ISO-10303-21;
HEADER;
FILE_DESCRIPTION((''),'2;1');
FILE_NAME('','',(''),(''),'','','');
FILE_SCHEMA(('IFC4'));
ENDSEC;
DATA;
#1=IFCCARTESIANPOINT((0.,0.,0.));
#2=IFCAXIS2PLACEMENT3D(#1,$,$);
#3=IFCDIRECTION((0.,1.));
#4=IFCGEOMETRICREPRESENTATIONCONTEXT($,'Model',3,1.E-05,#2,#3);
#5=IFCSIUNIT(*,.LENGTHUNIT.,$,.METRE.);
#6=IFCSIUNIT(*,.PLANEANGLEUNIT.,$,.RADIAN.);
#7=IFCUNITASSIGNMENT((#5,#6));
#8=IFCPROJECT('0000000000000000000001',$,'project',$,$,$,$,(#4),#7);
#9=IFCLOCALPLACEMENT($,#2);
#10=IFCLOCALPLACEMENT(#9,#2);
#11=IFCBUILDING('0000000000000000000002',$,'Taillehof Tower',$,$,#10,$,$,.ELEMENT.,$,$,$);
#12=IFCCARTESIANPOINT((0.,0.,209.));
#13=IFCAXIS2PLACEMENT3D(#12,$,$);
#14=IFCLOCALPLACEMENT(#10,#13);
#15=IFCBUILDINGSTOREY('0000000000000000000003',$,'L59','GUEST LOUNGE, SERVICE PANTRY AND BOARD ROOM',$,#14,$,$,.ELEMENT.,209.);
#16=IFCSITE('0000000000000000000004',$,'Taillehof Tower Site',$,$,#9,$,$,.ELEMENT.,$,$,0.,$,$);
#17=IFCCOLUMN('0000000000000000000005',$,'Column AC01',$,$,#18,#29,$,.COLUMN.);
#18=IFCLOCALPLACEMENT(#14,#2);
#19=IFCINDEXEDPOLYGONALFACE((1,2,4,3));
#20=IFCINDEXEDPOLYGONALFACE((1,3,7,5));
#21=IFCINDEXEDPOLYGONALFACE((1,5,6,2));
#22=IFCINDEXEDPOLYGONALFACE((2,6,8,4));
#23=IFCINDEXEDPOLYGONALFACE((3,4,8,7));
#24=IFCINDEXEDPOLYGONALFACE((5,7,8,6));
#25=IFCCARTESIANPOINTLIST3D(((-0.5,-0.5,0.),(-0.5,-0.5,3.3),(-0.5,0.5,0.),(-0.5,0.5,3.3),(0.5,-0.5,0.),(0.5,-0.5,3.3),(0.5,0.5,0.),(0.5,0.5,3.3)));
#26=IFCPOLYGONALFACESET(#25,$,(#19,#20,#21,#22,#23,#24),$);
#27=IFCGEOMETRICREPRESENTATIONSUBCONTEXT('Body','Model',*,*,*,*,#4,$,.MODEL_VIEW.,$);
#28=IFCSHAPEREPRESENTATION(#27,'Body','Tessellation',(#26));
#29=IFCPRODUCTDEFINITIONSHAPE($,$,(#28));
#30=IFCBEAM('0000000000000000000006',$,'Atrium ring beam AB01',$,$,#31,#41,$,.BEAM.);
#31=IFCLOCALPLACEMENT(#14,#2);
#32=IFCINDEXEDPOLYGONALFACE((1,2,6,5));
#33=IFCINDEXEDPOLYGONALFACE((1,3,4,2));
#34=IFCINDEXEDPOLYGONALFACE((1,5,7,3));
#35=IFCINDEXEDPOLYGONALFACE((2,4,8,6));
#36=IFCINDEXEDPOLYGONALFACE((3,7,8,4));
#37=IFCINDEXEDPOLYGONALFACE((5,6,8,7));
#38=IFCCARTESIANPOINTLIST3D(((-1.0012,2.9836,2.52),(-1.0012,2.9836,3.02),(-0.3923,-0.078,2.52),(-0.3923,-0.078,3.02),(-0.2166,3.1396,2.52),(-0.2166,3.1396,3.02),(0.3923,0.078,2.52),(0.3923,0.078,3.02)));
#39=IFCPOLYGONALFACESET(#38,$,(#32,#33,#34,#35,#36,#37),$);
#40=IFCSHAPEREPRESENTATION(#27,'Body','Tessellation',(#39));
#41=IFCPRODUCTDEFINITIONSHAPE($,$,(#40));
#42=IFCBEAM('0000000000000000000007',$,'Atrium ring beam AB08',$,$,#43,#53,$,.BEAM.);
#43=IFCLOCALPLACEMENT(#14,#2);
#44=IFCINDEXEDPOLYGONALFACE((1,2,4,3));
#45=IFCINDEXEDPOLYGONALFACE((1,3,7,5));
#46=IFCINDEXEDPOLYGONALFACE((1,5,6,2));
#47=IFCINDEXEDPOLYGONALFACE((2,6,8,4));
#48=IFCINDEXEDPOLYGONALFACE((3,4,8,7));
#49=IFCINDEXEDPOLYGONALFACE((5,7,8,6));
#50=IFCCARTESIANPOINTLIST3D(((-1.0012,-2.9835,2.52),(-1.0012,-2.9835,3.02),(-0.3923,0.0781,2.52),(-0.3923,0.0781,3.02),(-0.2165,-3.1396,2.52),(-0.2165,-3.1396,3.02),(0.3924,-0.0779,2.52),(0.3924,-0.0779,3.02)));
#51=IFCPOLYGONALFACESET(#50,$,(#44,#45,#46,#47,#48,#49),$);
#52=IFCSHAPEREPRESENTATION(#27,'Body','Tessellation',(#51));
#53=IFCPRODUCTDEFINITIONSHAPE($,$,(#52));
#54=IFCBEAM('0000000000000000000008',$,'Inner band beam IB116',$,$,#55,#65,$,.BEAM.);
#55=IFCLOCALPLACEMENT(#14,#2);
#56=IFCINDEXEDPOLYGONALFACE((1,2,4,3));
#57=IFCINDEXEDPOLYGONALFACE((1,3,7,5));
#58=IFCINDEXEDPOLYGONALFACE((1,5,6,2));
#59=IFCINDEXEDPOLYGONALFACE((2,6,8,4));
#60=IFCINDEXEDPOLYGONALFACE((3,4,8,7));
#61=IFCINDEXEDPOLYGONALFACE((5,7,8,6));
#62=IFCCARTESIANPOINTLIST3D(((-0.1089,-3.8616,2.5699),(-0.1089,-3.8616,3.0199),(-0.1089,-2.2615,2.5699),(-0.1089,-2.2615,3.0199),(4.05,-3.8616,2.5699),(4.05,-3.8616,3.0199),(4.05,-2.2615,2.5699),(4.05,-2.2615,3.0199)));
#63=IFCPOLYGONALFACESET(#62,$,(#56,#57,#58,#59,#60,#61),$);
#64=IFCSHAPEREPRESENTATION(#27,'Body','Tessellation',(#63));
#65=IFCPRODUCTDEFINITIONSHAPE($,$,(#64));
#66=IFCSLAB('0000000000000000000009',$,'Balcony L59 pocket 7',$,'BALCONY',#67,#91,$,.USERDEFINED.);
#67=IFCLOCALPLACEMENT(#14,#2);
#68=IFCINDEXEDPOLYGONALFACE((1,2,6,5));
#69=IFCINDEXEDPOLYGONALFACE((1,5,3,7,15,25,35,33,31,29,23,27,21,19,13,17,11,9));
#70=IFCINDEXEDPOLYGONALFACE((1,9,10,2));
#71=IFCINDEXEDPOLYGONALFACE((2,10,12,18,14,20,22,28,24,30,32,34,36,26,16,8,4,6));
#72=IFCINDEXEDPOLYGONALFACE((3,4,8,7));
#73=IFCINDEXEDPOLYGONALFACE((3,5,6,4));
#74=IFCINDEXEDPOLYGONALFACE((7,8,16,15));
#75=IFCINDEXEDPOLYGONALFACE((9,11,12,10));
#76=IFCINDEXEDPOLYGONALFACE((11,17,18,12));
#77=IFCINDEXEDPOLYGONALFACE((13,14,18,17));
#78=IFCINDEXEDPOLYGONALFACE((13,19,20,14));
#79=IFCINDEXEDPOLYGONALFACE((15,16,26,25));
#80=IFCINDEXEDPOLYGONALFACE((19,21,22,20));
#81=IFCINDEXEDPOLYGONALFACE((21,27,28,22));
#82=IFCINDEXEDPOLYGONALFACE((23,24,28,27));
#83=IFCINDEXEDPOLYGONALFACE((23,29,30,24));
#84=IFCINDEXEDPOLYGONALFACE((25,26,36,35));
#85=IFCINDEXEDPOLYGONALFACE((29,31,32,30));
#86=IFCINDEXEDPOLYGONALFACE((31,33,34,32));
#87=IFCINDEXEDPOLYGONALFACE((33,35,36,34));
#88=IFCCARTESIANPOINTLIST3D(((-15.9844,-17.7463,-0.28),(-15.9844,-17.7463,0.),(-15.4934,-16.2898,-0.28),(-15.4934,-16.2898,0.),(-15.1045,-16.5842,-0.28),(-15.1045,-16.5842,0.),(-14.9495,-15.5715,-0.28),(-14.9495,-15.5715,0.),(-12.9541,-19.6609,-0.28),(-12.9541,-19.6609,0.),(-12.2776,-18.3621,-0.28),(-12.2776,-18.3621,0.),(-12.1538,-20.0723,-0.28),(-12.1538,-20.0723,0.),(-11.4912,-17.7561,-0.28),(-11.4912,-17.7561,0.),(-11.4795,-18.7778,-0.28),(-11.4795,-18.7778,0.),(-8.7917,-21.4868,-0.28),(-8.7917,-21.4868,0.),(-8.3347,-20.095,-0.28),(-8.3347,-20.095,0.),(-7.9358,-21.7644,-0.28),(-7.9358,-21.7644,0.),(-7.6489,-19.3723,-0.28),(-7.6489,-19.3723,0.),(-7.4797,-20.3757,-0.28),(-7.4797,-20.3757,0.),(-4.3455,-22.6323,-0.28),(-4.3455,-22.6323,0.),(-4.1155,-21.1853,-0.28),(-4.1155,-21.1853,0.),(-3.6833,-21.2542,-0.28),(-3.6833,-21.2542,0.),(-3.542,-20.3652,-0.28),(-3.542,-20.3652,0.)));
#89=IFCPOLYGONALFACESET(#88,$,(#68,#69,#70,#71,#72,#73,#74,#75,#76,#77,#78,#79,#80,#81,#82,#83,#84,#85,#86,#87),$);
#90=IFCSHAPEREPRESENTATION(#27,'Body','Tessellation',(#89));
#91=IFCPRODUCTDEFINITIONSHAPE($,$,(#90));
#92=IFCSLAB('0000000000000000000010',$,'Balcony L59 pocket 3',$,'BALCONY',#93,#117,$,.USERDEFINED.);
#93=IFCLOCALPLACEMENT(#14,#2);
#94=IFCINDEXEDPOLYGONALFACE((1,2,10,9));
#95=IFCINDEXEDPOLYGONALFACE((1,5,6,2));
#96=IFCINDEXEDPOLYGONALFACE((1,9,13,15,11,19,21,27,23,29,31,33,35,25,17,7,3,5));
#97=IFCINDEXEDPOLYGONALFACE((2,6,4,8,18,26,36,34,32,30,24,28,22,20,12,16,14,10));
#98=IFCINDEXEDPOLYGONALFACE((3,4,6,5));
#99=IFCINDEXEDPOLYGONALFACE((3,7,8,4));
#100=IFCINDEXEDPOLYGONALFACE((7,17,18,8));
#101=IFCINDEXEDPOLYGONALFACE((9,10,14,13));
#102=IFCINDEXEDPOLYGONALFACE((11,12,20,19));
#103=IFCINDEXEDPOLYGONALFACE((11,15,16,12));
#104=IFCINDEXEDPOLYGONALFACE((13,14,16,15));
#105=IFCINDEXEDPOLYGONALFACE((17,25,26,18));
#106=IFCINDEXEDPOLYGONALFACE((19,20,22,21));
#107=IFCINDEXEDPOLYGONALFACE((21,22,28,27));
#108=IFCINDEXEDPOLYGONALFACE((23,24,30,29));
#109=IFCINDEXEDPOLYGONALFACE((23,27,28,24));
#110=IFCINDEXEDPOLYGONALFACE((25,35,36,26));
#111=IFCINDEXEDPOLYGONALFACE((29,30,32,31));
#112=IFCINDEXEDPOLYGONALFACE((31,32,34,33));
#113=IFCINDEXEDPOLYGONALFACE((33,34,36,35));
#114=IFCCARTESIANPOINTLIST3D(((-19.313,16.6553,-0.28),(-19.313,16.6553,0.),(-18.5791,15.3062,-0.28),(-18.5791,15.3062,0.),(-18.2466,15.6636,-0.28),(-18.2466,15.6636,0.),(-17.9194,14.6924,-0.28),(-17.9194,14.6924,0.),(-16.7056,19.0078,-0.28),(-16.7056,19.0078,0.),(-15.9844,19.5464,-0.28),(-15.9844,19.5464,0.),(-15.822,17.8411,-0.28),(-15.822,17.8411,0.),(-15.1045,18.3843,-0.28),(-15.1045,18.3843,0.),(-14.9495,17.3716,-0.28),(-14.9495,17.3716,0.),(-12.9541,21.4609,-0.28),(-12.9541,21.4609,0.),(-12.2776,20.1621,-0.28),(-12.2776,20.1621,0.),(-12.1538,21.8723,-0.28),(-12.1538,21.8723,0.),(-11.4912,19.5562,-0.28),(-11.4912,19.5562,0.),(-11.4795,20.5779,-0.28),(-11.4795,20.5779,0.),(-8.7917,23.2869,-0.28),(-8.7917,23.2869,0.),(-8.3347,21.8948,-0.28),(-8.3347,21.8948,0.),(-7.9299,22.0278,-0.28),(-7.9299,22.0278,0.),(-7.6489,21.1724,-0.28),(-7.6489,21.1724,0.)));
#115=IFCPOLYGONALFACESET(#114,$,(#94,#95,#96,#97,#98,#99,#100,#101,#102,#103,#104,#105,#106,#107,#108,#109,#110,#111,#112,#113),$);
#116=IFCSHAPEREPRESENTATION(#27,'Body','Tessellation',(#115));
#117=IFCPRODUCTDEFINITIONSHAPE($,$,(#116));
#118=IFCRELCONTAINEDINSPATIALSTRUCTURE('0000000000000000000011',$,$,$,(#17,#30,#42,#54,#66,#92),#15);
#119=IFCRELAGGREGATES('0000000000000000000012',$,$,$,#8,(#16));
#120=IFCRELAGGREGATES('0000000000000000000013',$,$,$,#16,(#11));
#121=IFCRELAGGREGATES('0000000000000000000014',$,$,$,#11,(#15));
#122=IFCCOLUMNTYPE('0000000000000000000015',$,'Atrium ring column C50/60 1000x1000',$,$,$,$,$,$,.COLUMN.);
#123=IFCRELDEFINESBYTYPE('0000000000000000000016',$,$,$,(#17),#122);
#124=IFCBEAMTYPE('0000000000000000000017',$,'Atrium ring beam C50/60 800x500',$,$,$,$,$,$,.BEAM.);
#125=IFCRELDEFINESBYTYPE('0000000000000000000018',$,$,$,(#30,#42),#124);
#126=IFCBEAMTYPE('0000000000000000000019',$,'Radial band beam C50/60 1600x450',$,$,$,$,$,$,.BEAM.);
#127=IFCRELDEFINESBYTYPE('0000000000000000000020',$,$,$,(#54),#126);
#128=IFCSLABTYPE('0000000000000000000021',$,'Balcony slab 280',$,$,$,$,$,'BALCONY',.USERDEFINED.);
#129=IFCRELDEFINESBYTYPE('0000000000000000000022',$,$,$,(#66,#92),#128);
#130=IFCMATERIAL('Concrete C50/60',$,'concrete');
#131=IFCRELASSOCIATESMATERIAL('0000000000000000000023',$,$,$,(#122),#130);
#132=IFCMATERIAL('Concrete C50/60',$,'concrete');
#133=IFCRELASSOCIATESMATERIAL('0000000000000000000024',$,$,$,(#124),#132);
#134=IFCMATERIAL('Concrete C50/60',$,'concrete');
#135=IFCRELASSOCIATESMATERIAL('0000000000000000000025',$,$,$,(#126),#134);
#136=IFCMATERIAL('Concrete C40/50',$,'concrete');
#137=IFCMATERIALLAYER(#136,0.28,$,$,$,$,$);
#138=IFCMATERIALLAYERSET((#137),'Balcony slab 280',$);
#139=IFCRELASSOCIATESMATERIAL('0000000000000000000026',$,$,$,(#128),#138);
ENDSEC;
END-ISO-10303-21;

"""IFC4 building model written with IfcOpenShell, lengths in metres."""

from ifc_helpers import new_model, si_unit, direction, frame, origin, origin_with_axes, origin_2d, place, context, subcontext, project, spatial, polyline, rectangle, outline, extrude, material, layer, layer_set, material_profile, profile_set, type_object, element, save


model = new_model("IFC4")

# Units and contexts
model_context = context("Model", 3, precision=1e-05, world=origin(), true_north=direction((0.0, 1.0)))
body_context = subcontext(model_context, "Body", "Model", "MODEL_VIEW")
ifc_project = project(units=[si_unit("LENGTHUNIT", "METRE"), si_unit("PLANEANGLEUNIT", "RADIAN")], contexts=[model_context])

# Site, building, storey
site_placement = place(None, origin())
site = spatial("IfcSite", under=ifc_project, at=site_placement, Name="Taillehof Tower Site", CompositionType="ELEMENT", RefElevation=0.0)
building_placement = place(site_placement, origin())
building = spatial("IfcBuilding", under=site, at=building_placement, Name="Taillehof Tower", CompositionType="ELEMENT")
storey_placement = place(building_placement, frame((0.0, 0.0, 209.0)))
storey = spatial("IfcBuildingStorey", under=building, at=storey_placement, Name="L59", Description="GUEST LOUNGE, SERVICE PANTRY AND BOARD ROOM", CompositionType="ELEMENT", Elevation=209.0)

# Column
ifc_material_1 = material(Name="Concrete C50/60", Category="concrete")
ifc_material_profile_1 = material_profile(ifc_material_1, rectangle(XDim=1.0, YDim=1.0, at=origin_2d()), Name="RC 1000x1000")
ifc_profile_set_1 = profile_set([ifc_material_profile_1], Name="Concrete C50/60")
column_type = type_object("IfcColumnType", Name="Atrium ring column C50/60 1000x1000", PredefinedType="COLUMN", material=ifc_profile_set_1)
column_placement = place(storey_placement, origin_with_axes())
element("IfcColumn", 1, at=column_placement, inside=storey, type_object=column_type, Name="Column AC01", PredefinedType="COLUMN", context=body_context, shape_type="SweptSolid", body=[
    extrude(rectangle(XDim=1.0, YDim=1.0, at=origin_2d()), origin(), (0.0, 0.0, 1.0), 3.3),
])

# Beams
ifc_material_2 = material(Name="Concrete C50/60", Category="concrete")
ifc_material_profile_2 = material_profile(ifc_material_2, rectangle(XDim=0.8, YDim=0.5, at=origin_2d()), Name="RC 800x500")
ifc_profile_set_2 = profile_set([ifc_material_profile_2], Name="Concrete C50/60")
beam_type_1 = type_object("IfcBeamType", Name="Atrium ring beam C50/60 800x500", PredefinedType="BEAM", material=ifc_profile_set_2)
for number, where, z_axis, x_axis, name in (
    (2, (0.0, 0.0, 2.77), (-0.195063, 0.980791, 0.0), (-0.980791, -0.195063, 0.0), "Atrium ring beam AB01"),
    (3, (-0.6089, -3.0615, 2.77), (0.195063, 0.980791, 0.0), (-0.980791, 0.195063, 0.0), "Atrium ring beam AB08"),
):
    element("IfcBeam", number, at=place(storey_placement, frame(where, z_axis=z_axis, x_axis=x_axis)), inside=storey, type_object=beam_type_1, Name=name, PredefinedType="BEAM", context=body_context, shape_type="SweptSolid", body=[
        extrude(rectangle(XDim=0.8, YDim=0.5, at=origin_2d()), origin(), (0.0, 0.0, 1.0), 3.1216),
    ])
ifc_material_3 = material(Name="Concrete C50/60", Category="concrete")
ifc_material_profile_3 = material_profile(ifc_material_3, rectangle(XDim=1.6001, YDim=0.45, at=origin_2d()), Name="RC 1600x450")
ifc_profile_set_3 = profile_set([ifc_material_profile_3], Name="Concrete C50/60")
beam_type_2 = type_object("IfcBeamType", Name="Radial band beam C50/60 1600x450", PredefinedType="BEAM", material=ifc_profile_set_3)
beam_placement = place(storey_placement, frame((-0.1089, -3.0615, 2.7949), z_axis=(1.0, 0.0, 0.0), x_axis=(0.0, 1.0, 0.0)))
element("IfcBeam", 4, at=beam_placement, inside=storey, type_object=beam_type_2, Name="Inner band beam IB116", PredefinedType="BEAM", context=body_context, shape_type="SweptSolid", body=[
    extrude(rectangle(XDim=1.6001, YDim=0.45, at=origin_2d()), origin(), (0.0, 0.0, 1.0), 4.1589),
])

# Slabs
ifc_material_4 = material(Name="Concrete C40/50", Category="concrete")
ifc_layer_1 = layer(ifc_material_4, 0.28)
ifc_layer_set_1 = layer_set([ifc_layer_1], Name="Balcony slab 280")
slab_type_1 = type_object("IfcSlabType", Name="Balcony slab 280", ElementType="BALCONY", PredefinedType="USERDEFINED", material=ifc_layer_set_1)
slab_1_placement = place(storey_placement, frame((0.0, 0.0, -0.28)))
element("IfcSlab", 5, at=slab_1_placement, inside=storey, type_object=slab_type_1, Name="Balcony L59 pocket 7", ObjectType="BALCONY", PredefinedType="USERDEFINED", context=body_context, shape_type="SweptSolid", body=[
    extrude(outline(polyline([(-3.542, -20.3652), (-3.6833, -21.2542), (-4.1155, -21.1853), (-4.3455, -22.6323), (-7.9358, -21.7644), (-7.4797, -20.3757), (-8.3347, -20.095), (-8.7917, -21.4868), (-12.1538, -20.0723), (-11.4795, -18.7778), (-12.2776, -18.3621), (-12.9541, -19.6609), (-15.9844, -17.7463), (-15.1045, -16.5842), (-15.4934, -16.2898), (-14.9495, -15.5715), (-11.4912, -17.7561), (-7.6489, -19.3723), (-3.542, -20.3652)])), origin(), (0.0, 0.0, 1.0), 0.28),
])
slab_2_placement = place(storey_placement, frame((0.0, 0.0, -0.28)))
element("IfcSlab", 6, at=slab_2_placement, inside=storey, type_object=slab_type_1, Name="Balcony L59 pocket 3", ObjectType="BALCONY", PredefinedType="USERDEFINED", context=body_context, shape_type="SweptSolid", body=[
    extrude(outline(polyline([(-17.9194, 14.6924), (-18.5791, 15.3062), (-18.2466, 15.6636), (-19.313, 16.6553), (-16.7056, 19.0078), (-15.822, 17.8411), (-15.1045, 18.3843), (-15.9844, 19.5464), (-12.9541, 21.4609), (-12.2776, 20.1621), (-11.4795, 20.5779), (-12.1538, 21.8723), (-8.7917, 23.2869), (-8.3347, 21.8948), (-7.9299, 22.0278), (-7.6489, 21.1724), (-11.4912, 19.5562), (-14.9495, 17.3716), (-17.9194, 14.6924)])), origin(), (0.0, 0.0, 1.0), 0.28),
])

save(model, "model.ifc")
